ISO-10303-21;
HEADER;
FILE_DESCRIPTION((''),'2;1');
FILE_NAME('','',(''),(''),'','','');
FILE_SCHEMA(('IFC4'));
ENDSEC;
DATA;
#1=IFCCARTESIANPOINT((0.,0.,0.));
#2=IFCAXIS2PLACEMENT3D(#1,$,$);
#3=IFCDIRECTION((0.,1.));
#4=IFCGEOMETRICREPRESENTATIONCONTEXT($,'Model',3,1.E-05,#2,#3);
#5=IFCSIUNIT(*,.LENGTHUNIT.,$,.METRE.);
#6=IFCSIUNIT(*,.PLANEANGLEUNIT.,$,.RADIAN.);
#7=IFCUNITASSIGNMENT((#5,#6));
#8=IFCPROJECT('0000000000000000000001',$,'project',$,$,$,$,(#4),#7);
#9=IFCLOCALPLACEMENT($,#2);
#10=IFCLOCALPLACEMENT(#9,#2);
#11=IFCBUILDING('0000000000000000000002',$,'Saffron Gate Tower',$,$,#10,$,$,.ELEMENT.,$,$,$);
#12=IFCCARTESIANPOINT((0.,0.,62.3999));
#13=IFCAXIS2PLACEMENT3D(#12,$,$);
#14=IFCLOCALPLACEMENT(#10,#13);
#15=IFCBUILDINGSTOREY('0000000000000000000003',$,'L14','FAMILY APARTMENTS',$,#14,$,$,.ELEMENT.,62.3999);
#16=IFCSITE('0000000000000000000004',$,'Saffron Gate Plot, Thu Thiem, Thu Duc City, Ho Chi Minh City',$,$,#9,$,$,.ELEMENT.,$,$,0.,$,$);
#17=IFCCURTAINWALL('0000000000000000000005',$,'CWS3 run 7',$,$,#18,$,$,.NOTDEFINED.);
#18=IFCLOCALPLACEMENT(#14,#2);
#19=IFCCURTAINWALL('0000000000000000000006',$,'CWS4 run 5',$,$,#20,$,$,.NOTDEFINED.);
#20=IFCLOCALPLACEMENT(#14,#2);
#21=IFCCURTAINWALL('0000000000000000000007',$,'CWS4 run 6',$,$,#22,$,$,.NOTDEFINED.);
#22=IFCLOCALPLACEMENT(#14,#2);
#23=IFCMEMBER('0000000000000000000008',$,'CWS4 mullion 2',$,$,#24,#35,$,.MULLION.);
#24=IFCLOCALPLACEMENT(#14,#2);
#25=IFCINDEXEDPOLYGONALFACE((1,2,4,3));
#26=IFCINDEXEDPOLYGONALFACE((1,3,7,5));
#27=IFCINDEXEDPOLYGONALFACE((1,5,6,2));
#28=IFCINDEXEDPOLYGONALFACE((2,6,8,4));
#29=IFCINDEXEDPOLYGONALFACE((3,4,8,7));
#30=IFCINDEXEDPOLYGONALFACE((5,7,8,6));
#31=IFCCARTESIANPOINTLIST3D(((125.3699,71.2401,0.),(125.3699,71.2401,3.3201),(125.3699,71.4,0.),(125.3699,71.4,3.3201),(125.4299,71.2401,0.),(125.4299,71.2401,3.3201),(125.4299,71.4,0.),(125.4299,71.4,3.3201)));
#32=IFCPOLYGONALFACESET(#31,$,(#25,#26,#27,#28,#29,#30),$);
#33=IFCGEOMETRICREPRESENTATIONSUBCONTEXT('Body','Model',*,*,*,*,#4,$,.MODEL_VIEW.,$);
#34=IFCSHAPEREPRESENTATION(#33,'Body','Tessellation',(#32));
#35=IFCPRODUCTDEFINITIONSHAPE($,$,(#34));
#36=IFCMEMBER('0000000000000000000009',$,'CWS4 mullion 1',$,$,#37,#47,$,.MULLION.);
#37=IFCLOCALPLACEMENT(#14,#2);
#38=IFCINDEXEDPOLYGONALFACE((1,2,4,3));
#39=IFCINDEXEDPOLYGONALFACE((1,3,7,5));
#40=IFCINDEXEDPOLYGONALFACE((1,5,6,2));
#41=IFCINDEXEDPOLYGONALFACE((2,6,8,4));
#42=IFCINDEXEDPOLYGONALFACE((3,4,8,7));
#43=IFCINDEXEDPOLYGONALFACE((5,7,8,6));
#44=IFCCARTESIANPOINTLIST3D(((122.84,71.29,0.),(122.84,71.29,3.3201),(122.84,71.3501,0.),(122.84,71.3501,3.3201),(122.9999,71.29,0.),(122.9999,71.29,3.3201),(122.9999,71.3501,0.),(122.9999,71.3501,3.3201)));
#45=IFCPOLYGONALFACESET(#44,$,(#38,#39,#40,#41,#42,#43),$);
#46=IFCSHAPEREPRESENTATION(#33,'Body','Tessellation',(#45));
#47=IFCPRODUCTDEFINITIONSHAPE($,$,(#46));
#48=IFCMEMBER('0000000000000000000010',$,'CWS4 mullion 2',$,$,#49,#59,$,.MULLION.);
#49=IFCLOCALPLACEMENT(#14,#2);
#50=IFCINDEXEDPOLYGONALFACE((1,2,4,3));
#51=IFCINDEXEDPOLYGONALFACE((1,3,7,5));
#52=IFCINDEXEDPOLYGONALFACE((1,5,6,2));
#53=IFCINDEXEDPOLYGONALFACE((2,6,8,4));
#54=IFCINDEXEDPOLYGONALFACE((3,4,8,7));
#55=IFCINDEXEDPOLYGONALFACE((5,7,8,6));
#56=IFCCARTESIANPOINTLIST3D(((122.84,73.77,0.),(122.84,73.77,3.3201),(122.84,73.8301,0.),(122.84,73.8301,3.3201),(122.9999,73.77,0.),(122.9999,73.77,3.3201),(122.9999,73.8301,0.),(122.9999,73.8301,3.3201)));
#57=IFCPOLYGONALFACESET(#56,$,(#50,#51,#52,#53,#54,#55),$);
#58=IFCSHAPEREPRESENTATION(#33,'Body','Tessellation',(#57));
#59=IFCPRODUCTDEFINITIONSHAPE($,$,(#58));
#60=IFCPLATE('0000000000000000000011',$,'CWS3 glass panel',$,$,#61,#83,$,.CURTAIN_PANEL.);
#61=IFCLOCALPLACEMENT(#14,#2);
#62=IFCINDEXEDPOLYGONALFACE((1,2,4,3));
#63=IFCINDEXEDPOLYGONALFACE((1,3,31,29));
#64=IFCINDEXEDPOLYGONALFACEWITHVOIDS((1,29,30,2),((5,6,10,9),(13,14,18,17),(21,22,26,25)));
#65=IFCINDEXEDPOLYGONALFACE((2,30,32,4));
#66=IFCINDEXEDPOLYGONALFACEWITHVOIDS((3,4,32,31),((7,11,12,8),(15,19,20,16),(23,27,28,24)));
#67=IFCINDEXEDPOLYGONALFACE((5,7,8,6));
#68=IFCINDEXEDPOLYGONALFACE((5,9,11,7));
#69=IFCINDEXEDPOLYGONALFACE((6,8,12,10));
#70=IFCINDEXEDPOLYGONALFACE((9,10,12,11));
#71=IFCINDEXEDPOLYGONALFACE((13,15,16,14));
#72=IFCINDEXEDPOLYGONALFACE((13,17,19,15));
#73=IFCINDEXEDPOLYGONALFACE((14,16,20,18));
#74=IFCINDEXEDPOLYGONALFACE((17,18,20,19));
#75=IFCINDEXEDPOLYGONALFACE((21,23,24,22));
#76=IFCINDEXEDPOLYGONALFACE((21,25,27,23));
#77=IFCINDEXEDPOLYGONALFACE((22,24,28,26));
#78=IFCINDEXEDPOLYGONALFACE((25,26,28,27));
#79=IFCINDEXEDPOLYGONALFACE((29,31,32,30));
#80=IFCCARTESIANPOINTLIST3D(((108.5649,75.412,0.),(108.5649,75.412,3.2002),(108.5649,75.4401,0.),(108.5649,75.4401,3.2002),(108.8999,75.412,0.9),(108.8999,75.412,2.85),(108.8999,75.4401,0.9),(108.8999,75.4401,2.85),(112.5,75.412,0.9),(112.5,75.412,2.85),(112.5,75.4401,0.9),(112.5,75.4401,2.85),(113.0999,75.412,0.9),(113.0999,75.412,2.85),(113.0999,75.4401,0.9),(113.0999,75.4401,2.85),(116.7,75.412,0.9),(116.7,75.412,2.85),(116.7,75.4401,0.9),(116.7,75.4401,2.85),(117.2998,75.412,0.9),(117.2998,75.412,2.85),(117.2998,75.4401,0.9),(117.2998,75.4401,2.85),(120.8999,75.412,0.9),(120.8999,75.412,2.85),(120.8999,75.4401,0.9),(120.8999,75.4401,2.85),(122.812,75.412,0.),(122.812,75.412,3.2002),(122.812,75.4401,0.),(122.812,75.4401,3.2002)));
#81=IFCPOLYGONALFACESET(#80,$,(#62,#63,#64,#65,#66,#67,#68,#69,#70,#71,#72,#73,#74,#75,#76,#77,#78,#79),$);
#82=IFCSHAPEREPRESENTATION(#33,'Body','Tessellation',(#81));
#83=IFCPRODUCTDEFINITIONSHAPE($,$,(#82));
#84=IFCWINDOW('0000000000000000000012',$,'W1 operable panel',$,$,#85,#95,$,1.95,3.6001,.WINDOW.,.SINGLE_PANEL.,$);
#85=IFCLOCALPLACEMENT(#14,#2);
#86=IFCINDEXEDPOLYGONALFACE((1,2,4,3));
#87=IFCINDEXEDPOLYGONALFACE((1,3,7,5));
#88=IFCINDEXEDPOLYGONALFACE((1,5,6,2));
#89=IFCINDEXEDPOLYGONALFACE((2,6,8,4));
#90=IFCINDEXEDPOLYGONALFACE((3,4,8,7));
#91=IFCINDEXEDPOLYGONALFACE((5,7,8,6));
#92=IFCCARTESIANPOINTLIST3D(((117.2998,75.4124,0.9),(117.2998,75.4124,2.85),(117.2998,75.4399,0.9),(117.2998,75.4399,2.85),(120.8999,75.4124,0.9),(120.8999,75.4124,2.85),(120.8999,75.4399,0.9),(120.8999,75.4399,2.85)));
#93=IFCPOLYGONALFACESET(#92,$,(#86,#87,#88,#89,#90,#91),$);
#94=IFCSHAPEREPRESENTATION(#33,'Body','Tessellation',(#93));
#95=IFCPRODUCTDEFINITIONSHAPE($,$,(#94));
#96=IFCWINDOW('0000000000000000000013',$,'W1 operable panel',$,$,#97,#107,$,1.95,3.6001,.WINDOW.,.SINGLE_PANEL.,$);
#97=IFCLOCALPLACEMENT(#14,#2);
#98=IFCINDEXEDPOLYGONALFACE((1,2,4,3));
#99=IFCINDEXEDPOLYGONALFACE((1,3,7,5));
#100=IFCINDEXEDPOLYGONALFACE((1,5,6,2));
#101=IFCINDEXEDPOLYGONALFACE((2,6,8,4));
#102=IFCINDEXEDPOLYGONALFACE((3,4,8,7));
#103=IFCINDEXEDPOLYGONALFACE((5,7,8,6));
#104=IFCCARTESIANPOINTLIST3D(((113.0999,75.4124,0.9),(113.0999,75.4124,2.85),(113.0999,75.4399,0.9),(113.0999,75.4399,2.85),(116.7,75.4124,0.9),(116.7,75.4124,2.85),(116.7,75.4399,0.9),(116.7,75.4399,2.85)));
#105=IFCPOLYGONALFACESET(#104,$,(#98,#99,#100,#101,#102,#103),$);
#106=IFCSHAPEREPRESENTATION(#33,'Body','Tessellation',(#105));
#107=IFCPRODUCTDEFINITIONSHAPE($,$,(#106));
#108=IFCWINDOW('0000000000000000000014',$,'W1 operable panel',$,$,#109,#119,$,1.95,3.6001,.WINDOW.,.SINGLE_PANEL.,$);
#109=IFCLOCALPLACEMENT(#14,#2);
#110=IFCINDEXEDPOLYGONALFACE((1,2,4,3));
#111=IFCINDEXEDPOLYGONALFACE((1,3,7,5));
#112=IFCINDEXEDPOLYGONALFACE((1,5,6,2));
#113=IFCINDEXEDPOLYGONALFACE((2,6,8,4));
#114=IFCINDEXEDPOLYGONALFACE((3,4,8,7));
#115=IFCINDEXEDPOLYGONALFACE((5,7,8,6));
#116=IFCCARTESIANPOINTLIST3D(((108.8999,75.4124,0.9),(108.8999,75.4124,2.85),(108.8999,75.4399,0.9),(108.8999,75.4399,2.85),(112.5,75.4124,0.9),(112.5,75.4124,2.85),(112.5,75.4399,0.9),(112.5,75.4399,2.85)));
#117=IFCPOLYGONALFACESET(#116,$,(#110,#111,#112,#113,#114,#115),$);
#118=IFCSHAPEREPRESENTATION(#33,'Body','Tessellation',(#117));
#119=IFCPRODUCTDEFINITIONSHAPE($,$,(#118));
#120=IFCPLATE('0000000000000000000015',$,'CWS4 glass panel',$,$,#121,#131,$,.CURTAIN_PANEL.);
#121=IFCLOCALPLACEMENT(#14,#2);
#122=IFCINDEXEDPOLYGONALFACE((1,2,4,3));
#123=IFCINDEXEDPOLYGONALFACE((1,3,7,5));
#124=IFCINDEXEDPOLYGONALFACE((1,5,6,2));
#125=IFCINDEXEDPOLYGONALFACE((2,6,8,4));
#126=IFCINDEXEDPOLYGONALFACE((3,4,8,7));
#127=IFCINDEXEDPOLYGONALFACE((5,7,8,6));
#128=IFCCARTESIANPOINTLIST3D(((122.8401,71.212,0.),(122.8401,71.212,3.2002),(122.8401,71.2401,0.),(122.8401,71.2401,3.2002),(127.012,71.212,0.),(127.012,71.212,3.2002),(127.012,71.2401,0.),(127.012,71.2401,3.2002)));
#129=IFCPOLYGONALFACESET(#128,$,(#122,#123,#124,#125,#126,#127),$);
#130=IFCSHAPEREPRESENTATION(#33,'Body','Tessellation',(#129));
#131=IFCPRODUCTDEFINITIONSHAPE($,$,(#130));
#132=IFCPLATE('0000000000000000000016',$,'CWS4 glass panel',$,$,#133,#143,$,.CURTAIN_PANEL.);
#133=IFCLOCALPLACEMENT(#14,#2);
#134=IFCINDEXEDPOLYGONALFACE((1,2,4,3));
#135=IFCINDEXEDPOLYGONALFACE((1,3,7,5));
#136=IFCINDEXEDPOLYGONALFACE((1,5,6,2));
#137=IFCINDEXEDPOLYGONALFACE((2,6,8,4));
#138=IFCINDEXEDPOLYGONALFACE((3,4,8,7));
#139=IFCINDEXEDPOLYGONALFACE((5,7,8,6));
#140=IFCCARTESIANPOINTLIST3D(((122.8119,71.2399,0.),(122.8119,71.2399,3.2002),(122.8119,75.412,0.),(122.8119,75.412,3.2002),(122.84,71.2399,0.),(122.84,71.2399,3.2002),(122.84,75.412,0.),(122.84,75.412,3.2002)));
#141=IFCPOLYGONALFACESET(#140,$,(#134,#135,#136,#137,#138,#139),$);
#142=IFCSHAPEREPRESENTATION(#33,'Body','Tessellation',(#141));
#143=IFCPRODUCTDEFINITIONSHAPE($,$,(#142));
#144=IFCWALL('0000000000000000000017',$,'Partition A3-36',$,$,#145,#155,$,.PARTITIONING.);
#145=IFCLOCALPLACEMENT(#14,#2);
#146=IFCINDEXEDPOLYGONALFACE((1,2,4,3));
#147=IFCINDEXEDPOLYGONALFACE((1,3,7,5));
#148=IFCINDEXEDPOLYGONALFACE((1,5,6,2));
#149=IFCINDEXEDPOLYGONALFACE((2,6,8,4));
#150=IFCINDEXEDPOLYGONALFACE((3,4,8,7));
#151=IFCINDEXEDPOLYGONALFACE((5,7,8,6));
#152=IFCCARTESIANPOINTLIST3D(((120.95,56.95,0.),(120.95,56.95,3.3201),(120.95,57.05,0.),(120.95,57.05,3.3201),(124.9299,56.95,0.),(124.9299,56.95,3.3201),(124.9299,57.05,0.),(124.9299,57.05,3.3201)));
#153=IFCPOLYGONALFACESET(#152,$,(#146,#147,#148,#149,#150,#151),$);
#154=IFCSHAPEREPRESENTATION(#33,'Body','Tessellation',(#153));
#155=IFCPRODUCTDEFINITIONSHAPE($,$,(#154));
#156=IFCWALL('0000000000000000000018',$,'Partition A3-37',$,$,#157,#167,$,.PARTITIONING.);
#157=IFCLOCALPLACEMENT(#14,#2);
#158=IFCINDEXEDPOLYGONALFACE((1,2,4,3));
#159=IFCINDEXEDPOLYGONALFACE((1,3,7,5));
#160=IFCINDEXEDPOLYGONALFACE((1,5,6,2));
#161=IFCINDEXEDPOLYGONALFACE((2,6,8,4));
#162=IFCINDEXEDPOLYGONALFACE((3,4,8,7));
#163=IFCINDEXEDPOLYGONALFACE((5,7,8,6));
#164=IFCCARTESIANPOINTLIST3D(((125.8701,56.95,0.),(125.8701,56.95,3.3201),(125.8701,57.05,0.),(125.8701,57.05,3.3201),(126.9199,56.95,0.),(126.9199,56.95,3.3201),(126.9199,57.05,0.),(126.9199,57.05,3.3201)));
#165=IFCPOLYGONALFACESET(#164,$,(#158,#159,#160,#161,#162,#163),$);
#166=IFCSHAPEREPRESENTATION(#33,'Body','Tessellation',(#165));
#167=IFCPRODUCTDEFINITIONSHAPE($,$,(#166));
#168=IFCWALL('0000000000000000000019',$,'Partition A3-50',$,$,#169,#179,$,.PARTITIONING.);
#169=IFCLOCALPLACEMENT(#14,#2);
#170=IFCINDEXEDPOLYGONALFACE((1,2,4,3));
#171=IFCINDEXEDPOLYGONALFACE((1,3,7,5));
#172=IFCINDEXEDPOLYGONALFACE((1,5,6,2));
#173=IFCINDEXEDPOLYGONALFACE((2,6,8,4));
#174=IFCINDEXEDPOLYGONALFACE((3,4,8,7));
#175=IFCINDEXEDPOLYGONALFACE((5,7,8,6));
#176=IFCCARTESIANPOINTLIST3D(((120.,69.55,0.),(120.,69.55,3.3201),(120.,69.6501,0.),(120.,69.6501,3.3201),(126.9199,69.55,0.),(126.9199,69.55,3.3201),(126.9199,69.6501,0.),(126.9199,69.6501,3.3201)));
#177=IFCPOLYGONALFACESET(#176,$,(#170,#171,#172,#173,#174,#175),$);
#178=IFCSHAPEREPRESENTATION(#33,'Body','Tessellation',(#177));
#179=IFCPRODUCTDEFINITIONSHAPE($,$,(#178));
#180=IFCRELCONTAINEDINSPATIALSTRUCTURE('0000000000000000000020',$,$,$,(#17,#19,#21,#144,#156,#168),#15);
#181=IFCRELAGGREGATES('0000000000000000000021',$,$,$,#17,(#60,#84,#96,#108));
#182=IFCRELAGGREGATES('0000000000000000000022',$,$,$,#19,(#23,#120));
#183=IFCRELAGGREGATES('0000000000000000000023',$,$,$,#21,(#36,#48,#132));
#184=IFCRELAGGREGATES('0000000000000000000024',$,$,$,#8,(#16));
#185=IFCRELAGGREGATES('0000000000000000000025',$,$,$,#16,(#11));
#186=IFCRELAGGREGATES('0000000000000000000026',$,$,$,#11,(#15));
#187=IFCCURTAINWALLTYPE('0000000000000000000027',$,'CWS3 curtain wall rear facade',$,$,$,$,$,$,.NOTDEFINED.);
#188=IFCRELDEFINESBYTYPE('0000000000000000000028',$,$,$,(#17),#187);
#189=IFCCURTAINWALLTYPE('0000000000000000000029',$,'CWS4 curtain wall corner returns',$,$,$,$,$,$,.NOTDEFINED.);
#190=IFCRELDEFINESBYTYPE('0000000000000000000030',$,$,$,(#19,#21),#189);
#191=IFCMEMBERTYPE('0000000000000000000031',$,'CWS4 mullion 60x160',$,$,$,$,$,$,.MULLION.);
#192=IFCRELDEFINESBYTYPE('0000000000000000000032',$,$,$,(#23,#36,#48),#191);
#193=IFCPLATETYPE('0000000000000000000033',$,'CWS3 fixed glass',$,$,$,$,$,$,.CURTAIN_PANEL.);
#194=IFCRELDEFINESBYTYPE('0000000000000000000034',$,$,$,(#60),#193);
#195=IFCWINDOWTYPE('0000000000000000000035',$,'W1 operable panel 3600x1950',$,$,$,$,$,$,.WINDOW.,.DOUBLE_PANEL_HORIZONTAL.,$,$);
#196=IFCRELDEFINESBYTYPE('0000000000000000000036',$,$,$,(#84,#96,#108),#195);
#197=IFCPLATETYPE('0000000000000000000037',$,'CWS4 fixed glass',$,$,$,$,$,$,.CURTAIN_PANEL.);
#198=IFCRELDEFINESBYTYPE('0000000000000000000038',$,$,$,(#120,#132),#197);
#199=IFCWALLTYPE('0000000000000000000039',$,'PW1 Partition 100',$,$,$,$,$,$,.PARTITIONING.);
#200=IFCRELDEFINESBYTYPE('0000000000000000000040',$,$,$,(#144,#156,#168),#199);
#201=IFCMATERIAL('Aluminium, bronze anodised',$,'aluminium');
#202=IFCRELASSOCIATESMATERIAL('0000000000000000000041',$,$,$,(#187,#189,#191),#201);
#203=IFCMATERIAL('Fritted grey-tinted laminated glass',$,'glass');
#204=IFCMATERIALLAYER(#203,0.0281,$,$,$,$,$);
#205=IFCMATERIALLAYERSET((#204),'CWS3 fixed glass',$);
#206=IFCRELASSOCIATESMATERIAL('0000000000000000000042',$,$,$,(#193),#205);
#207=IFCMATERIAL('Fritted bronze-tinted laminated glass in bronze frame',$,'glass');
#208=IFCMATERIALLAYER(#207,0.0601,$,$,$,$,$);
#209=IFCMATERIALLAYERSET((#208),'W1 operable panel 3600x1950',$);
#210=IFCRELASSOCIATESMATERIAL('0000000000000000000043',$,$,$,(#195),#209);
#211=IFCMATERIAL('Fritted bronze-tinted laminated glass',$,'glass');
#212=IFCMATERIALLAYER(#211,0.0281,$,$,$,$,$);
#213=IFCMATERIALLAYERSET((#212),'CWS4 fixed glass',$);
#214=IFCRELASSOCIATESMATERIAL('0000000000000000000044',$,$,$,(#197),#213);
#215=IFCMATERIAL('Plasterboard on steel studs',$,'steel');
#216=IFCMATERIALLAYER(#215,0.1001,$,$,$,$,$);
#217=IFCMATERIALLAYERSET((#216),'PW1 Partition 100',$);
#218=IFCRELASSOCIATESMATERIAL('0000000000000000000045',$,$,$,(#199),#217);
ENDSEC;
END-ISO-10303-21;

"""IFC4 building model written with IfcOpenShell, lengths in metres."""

from ifc_helpers import new_model, si_unit, direction, frame, frame_2d, origin, origin_2d, place, context, subcontext, project, spatial, rectangle, extrude, material, layer, layer_set, material_profile, profile_set, type_object, element, fill, aggregate, save


model = new_model("IFC4")

# Units and contexts
model_context = context("Model", 3, precision=1e-05, world=origin(), true_north=direction((0.0, 1.0)))
body_context = subcontext(model_context, "Body", "Model", "MODEL_VIEW")
ifc_project = project(units=[si_unit("LENGTHUNIT", "METRE"), si_unit("PLANEANGLEUNIT", "RADIAN")], contexts=[model_context])

# Site, building, storey
site_placement = place(None, origin())
site = spatial("IfcSite", under=ifc_project, at=site_placement, Name="Saffron Gate Plot, Thu Thiem, Thu Duc City, Ho Chi Minh City", CompositionType="ELEMENT", RefElevation=0.0)
building_placement = place(site_placement, origin())
building = spatial("IfcBuilding", under=site, at=building_placement, Name="Saffron Gate Tower", CompositionType="ELEMENT")
storey_placement = place(building_placement, frame((0.0, 0.0, 62.3999)))
storey = spatial("IfcBuildingStorey", under=building, at=storey_placement, Name="L14", Description="FAMILY APARTMENTS", CompositionType="ELEMENT", Elevation=62.3999)

# Curtain wall
ifc_material_1 = material(Name="Aluminium, bronze anodised", Category="aluminium")
curtain_wall_type_1 = type_object("IfcCurtainWallType", Name="CWS3 curtain wall rear facade", PredefinedType="NOTDEFINED", material=ifc_material_1)
curtain_wall_1_placement = place(storey_placement, origin())
curtain_wall_1 = element("IfcCurtainWall", 1, at=curtain_wall_1_placement, inside=storey, type_object=curtain_wall_type_1, Name="CWS3 run 7", PredefinedType="NOTDEFINED")

# Curtain walls
curtain_wall_type_2 = type_object("IfcCurtainWallType", Name="CWS4 curtain wall corner returns", PredefinedType="NOTDEFINED", material=ifc_material_1)
curtain_wall_2_placement = place(storey_placement, origin())
curtain_wall_2 = element("IfcCurtainWall", 2, at=curtain_wall_2_placement, inside=storey, type_object=curtain_wall_type_2, Name="CWS4 run 5", PredefinedType="NOTDEFINED")
curtain_wall_3_placement = place(storey_placement, origin())
curtain_wall_3 = element("IfcCurtainWall", 3, at=curtain_wall_3_placement, inside=storey, type_object=curtain_wall_type_2, Name="CWS4 run 6", PredefinedType="NOTDEFINED")

# Members
ifc_material_profile_1 = material_profile(ifc_material_1, rectangle(XDim=0.1599, YDim=0.0601, at=origin_2d()))
ifc_profile_set_1 = profile_set([ifc_material_profile_1], Name="Aluminium, bronze anodised")
member_type_1 = type_object("IfcMemberType", Name="CWS4 mullion 60x160", PredefinedType="MULLION", material=ifc_profile_set_1)
member_1_placement = place(storey_placement, frame((125.3999, 71.3201, 0.0), z_axis=(0.0, 0.0, 1.0), x_axis=(0.0, -1.0, 0.0)))
member_1 = element("IfcMember", 4, at=member_1_placement, type_object=member_type_1, Name="CWS4 mullion 2", PredefinedType="MULLION", context=body_context, shape_type="SweptSolid", body=[
    extrude(rectangle(XDim=0.1599, YDim=0.0601, at=origin_2d()), origin(), (0.0, 0.0, 1.0), 3.3201),
])
member_2_placement = place(storey_placement, frame((122.9199, 71.3201, 0.0), z_axis=(0.0, 0.0, 1.0), x_axis=(-1.0, 0.0, 0.0)))
member_2 = element("IfcMember", 5, at=member_2_placement, type_object=member_type_1, Name="CWS4 mullion 1", PredefinedType="MULLION", context=body_context, shape_type="SweptSolid", body=[
    extrude(rectangle(XDim=0.1599, YDim=0.0601, at=origin_2d()), origin(), (0.0, 0.0, 1.0), 3.3201),
])
member_3_placement = place(storey_placement, frame((122.9199, 73.8, 0.0), z_axis=(0.0, 0.0, 1.0), x_axis=(-1.0, 0.0, 0.0)))
member_3 = element("IfcMember", 6, at=member_3_placement, type_object=member_type_1, Name="CWS4 mullion 2", PredefinedType="MULLION", context=body_context, shape_type="SweptSolid", body=[
    extrude(rectangle(XDim=0.1599, YDim=0.0601, at=origin_2d()), origin(), (0.0, 0.0, 1.0), 3.3201),
])

# Plate, openings, windows
ifc_material_2 = material(Name="Fritted grey-tinted laminated glass", Category="glass")
ifc_layer_1 = layer(ifc_material_2, 0.0281)
ifc_layer_set_1 = layer_set([ifc_layer_1], Name="CWS3 fixed glass")
plate_type_1 = type_object("IfcPlateType", Name="CWS3 fixed glass", PredefinedType="CURTAIN_PANEL", material=ifc_layer_set_1)
plate_1_placement = place(storey_placement, frame((122.812, 75.426, 0.0), z_axis=(0.0, 0.0, 1.0), x_axis=(-1.0, 0.0, 0.0)))
plate_1 = element("IfcPlate", 7, at=plate_1_placement, type_object=plate_type_1, Name="CWS3 glass panel", PredefinedType="CURTAIN_PANEL", context=body_context, shape_type="SweptSolid", body=[
    extrude(rectangle(XDim=14.2471, YDim=0.0281, at=frame_2d((7.1235, 0.0))), origin(), (0.0, 0.0, 1.0), 3.2002),
])
opening_1_placement = place(plate_1_placement, frame((1.9121, 0.0, 0.8999)))
opening_1 = element("IfcOpeningElement", 8, at=opening_1_placement, cuts=plate_1, PredefinedType="OPENING", context=body_context, shape_type="SweptSolid", body=[
    extrude(rectangle(XDim=3.6001, YDim=1.95, at=frame_2d((1.8, 0.9751))), frame((0.0, 0.0239, 0.0), z_axis=(0.0, -1.0, 0.0), x_axis=(1.0, 0.0, 0.0)), (0.0, 0.0, 1.0), 0.0481),
])
opening_2_placement = place(plate_1_placement, frame((6.1121, 0.0, 0.8999)))
opening_2 = element("IfcOpeningElement", 9, at=opening_2_placement, cuts=plate_1, PredefinedType="OPENING", context=body_context, shape_type="SweptSolid", body=[
    extrude(rectangle(XDim=3.6001, YDim=1.95, at=frame_2d((1.8, 0.9751))), frame((0.0, 0.0239, 0.0), z_axis=(0.0, -1.0, 0.0), x_axis=(1.0, 0.0, 0.0)), (0.0, 0.0, 1.0), 0.0481),
])
opening_3_placement = place(plate_1_placement, frame((10.312, 0.0, 0.8999)))
opening_3 = element("IfcOpeningElement", 10, at=opening_3_placement, cuts=plate_1, PredefinedType="OPENING", context=body_context, shape_type="SweptSolid", body=[
    extrude(rectangle(XDim=3.6001, YDim=1.95, at=frame_2d((1.8, 0.9751))), frame((0.0, 0.0239, 0.0), z_axis=(0.0, -1.0, 0.0), x_axis=(1.0, 0.0, 0.0)), (0.0, 0.0, 1.0), 0.0481),
])
ifc_material_3 = material(Name="Fritted bronze-tinted laminated glass in bronze frame", Category="glass")
ifc_layer_2 = layer(ifc_material_3, 0.0601)
ifc_layer_set_2 = layer_set([ifc_layer_2], Name="W1 operable panel 3600x1950")
window_type = type_object("IfcWindowType", Name="W1 operable panel 3600x1950", PartitioningType="DOUBLE_PANEL_HORIZONTAL", PredefinedType="WINDOW", material=ifc_layer_set_2)
window_1_placement = place(opening_1_placement, origin())
window_1 = element("IfcWindow", 11, at=window_1_placement, type_object=window_type, Name="W1 operable panel", OverallHeight=1.95, OverallWidth=3.6001, PartitioningType="SINGLE_PANEL", PredefinedType="WINDOW", context=body_context, shape_type="SweptSolid", body=[
    extrude(rectangle(XDim=3.6001, YDim=1.95, at=frame_2d((1.8, 0.9751))), frame((0.0, 0.0137, 0.0), z_axis=(0.0, -1.0, 0.0), x_axis=(1.0, 0.0, 0.0)), (0.0, 0.0, 1.0), 0.0276),
])
fill(opening_1, window_1)
window_2_placement = place(opening_2_placement, origin())
window_2 = element("IfcWindow", 12, at=window_2_placement, type_object=window_type, Name="W1 operable panel", OverallHeight=1.95, OverallWidth=3.6001, PartitioningType="SINGLE_PANEL", PredefinedType="WINDOW", context=body_context, shape_type="SweptSolid", body=[
    extrude(rectangle(XDim=3.6001, YDim=1.95, at=frame_2d((1.8, 0.9751))), frame((0.0, 0.0137, 0.0), z_axis=(0.0, -1.0, 0.0), x_axis=(1.0, 0.0, 0.0)), (0.0, 0.0, 1.0), 0.0276),
])
fill(opening_2, window_2)
window_3_placement = place(opening_3_placement, origin())
window_3 = element("IfcWindow", 13, at=window_3_placement, type_object=window_type, Name="W1 operable panel", OverallHeight=1.95, OverallWidth=3.6001, PartitioningType="SINGLE_PANEL", PredefinedType="WINDOW", context=body_context, shape_type="SweptSolid", body=[
    extrude(rectangle(XDim=3.6001, YDim=1.95, at=frame_2d((1.8, 0.9751))), frame((0.0, 0.0137, 0.0), z_axis=(0.0, -1.0, 0.0), x_axis=(1.0, 0.0, 0.0)), (0.0, 0.0, 1.0), 0.0276),
])
fill(opening_3, window_3)
aggregate(curtain_wall_1, [plate_1, window_1, window_2, window_3])

# Plates
ifc_material_4 = material(Name="Fritted bronze-tinted laminated glass", Category="glass")
ifc_layer_3 = layer(ifc_material_4, 0.0281)
ifc_layer_set_3 = layer_set([ifc_layer_3], Name="CWS4 fixed glass")
plate_type_2 = type_object("IfcPlateType", Name="CWS4 fixed glass", PredefinedType="CURTAIN_PANEL", material=ifc_layer_set_3)
plate_2_placement = place(storey_placement, frame((127.012, 71.2261, 0.0), z_axis=(0.0, 0.0, 1.0), x_axis=(-1.0, 0.0, 0.0)))
plate_2 = element("IfcPlate", 14, at=plate_2_placement, type_object=plate_type_2, Name="CWS4 glass panel", PredefinedType="CURTAIN_PANEL", context=body_context, shape_type="SweptSolid", body=[
    extrude(rectangle(XDim=4.1719, YDim=0.0281, at=frame_2d((2.0859, 0.0))), origin(), (0.0, 0.0, 1.0), 3.2002),
])
aggregate(curtain_wall_2, [member_1, plate_2])
plate_3_placement = place(storey_placement, frame((122.8259, 71.24, 0.0), z_axis=(0.0, 0.0, 1.0), x_axis=(0.0, 1.0, 0.0)))
plate_3 = element("IfcPlate", 15, at=plate_3_placement, type_object=plate_type_2, Name="CWS4 glass panel", PredefinedType="CURTAIN_PANEL", context=body_context, shape_type="SweptSolid", body=[
    extrude(rectangle(XDim=4.1721, YDim=0.0281, at=frame_2d((2.0859, 0.0))), origin(), (0.0, 0.0, 1.0), 3.2002),
])
aggregate(curtain_wall_3, [member_2, member_3, plate_3])

# Walls
ifc_material_5 = material(Name="Plasterboard on steel studs", Category="steel")
ifc_layer_4 = layer(ifc_material_5, 0.1001)
ifc_layer_set_4 = layer_set([ifc_layer_4], Name="PW1 Partition 100")
wall_type_1 = type_object("IfcWallType", Name="PW1 Partition 100", PredefinedType="PARTITIONING", material=ifc_layer_set_4)
wall_1_placement = place(storey_placement, frame((120.95, 57.0, 0.0), z_axis=(0.0, 0.0, 1.0), x_axis=(1.0, 0.0, 0.0)))
element("IfcWall", 16, at=wall_1_placement, inside=storey, type_object=wall_type_1, Name="Partition A3-36", PredefinedType="PARTITIONING", context=body_context, shape_type="SweptSolid", body=[
    extrude(rectangle(XDim=3.98, YDim=0.1001, at=frame_2d((1.99, 0.0))), origin(), (0.0, 0.0, 1.0), 3.3201),
])
wall_2_placement = place(storey_placement, frame((125.8701, 57.0, 0.0), z_axis=(0.0, 0.0, 1.0), x_axis=(1.0, 0.0, 0.0)))
element("IfcWall", 17, at=wall_2_placement, inside=storey, type_object=wall_type_1, Name="Partition A3-37", PredefinedType="PARTITIONING", context=body_context, shape_type="SweptSolid", body=[
    extrude(rectangle(XDim=1.0498, YDim=0.1001, at=frame_2d((0.5249, 0.0))), origin(), (0.0, 0.0, 1.0), 3.3201),
])
wall_3_placement = place(storey_placement, frame((120.0, 69.6001, 0.0), z_axis=(0.0, 0.0, 1.0), x_axis=(1.0, 0.0, 0.0)))
element("IfcWall", 18, at=wall_3_placement, inside=storey, type_object=wall_type_1, Name="Partition A3-50", PredefinedType="PARTITIONING", context=body_context, shape_type="SweptSolid", body=[
    extrude(rectangle(XDim=6.9199, YDim=0.1001, at=frame_2d((3.46, 0.0))), origin(), (0.0, 0.0, 1.0), 3.3201),
])

save(model, "model.ifc")
